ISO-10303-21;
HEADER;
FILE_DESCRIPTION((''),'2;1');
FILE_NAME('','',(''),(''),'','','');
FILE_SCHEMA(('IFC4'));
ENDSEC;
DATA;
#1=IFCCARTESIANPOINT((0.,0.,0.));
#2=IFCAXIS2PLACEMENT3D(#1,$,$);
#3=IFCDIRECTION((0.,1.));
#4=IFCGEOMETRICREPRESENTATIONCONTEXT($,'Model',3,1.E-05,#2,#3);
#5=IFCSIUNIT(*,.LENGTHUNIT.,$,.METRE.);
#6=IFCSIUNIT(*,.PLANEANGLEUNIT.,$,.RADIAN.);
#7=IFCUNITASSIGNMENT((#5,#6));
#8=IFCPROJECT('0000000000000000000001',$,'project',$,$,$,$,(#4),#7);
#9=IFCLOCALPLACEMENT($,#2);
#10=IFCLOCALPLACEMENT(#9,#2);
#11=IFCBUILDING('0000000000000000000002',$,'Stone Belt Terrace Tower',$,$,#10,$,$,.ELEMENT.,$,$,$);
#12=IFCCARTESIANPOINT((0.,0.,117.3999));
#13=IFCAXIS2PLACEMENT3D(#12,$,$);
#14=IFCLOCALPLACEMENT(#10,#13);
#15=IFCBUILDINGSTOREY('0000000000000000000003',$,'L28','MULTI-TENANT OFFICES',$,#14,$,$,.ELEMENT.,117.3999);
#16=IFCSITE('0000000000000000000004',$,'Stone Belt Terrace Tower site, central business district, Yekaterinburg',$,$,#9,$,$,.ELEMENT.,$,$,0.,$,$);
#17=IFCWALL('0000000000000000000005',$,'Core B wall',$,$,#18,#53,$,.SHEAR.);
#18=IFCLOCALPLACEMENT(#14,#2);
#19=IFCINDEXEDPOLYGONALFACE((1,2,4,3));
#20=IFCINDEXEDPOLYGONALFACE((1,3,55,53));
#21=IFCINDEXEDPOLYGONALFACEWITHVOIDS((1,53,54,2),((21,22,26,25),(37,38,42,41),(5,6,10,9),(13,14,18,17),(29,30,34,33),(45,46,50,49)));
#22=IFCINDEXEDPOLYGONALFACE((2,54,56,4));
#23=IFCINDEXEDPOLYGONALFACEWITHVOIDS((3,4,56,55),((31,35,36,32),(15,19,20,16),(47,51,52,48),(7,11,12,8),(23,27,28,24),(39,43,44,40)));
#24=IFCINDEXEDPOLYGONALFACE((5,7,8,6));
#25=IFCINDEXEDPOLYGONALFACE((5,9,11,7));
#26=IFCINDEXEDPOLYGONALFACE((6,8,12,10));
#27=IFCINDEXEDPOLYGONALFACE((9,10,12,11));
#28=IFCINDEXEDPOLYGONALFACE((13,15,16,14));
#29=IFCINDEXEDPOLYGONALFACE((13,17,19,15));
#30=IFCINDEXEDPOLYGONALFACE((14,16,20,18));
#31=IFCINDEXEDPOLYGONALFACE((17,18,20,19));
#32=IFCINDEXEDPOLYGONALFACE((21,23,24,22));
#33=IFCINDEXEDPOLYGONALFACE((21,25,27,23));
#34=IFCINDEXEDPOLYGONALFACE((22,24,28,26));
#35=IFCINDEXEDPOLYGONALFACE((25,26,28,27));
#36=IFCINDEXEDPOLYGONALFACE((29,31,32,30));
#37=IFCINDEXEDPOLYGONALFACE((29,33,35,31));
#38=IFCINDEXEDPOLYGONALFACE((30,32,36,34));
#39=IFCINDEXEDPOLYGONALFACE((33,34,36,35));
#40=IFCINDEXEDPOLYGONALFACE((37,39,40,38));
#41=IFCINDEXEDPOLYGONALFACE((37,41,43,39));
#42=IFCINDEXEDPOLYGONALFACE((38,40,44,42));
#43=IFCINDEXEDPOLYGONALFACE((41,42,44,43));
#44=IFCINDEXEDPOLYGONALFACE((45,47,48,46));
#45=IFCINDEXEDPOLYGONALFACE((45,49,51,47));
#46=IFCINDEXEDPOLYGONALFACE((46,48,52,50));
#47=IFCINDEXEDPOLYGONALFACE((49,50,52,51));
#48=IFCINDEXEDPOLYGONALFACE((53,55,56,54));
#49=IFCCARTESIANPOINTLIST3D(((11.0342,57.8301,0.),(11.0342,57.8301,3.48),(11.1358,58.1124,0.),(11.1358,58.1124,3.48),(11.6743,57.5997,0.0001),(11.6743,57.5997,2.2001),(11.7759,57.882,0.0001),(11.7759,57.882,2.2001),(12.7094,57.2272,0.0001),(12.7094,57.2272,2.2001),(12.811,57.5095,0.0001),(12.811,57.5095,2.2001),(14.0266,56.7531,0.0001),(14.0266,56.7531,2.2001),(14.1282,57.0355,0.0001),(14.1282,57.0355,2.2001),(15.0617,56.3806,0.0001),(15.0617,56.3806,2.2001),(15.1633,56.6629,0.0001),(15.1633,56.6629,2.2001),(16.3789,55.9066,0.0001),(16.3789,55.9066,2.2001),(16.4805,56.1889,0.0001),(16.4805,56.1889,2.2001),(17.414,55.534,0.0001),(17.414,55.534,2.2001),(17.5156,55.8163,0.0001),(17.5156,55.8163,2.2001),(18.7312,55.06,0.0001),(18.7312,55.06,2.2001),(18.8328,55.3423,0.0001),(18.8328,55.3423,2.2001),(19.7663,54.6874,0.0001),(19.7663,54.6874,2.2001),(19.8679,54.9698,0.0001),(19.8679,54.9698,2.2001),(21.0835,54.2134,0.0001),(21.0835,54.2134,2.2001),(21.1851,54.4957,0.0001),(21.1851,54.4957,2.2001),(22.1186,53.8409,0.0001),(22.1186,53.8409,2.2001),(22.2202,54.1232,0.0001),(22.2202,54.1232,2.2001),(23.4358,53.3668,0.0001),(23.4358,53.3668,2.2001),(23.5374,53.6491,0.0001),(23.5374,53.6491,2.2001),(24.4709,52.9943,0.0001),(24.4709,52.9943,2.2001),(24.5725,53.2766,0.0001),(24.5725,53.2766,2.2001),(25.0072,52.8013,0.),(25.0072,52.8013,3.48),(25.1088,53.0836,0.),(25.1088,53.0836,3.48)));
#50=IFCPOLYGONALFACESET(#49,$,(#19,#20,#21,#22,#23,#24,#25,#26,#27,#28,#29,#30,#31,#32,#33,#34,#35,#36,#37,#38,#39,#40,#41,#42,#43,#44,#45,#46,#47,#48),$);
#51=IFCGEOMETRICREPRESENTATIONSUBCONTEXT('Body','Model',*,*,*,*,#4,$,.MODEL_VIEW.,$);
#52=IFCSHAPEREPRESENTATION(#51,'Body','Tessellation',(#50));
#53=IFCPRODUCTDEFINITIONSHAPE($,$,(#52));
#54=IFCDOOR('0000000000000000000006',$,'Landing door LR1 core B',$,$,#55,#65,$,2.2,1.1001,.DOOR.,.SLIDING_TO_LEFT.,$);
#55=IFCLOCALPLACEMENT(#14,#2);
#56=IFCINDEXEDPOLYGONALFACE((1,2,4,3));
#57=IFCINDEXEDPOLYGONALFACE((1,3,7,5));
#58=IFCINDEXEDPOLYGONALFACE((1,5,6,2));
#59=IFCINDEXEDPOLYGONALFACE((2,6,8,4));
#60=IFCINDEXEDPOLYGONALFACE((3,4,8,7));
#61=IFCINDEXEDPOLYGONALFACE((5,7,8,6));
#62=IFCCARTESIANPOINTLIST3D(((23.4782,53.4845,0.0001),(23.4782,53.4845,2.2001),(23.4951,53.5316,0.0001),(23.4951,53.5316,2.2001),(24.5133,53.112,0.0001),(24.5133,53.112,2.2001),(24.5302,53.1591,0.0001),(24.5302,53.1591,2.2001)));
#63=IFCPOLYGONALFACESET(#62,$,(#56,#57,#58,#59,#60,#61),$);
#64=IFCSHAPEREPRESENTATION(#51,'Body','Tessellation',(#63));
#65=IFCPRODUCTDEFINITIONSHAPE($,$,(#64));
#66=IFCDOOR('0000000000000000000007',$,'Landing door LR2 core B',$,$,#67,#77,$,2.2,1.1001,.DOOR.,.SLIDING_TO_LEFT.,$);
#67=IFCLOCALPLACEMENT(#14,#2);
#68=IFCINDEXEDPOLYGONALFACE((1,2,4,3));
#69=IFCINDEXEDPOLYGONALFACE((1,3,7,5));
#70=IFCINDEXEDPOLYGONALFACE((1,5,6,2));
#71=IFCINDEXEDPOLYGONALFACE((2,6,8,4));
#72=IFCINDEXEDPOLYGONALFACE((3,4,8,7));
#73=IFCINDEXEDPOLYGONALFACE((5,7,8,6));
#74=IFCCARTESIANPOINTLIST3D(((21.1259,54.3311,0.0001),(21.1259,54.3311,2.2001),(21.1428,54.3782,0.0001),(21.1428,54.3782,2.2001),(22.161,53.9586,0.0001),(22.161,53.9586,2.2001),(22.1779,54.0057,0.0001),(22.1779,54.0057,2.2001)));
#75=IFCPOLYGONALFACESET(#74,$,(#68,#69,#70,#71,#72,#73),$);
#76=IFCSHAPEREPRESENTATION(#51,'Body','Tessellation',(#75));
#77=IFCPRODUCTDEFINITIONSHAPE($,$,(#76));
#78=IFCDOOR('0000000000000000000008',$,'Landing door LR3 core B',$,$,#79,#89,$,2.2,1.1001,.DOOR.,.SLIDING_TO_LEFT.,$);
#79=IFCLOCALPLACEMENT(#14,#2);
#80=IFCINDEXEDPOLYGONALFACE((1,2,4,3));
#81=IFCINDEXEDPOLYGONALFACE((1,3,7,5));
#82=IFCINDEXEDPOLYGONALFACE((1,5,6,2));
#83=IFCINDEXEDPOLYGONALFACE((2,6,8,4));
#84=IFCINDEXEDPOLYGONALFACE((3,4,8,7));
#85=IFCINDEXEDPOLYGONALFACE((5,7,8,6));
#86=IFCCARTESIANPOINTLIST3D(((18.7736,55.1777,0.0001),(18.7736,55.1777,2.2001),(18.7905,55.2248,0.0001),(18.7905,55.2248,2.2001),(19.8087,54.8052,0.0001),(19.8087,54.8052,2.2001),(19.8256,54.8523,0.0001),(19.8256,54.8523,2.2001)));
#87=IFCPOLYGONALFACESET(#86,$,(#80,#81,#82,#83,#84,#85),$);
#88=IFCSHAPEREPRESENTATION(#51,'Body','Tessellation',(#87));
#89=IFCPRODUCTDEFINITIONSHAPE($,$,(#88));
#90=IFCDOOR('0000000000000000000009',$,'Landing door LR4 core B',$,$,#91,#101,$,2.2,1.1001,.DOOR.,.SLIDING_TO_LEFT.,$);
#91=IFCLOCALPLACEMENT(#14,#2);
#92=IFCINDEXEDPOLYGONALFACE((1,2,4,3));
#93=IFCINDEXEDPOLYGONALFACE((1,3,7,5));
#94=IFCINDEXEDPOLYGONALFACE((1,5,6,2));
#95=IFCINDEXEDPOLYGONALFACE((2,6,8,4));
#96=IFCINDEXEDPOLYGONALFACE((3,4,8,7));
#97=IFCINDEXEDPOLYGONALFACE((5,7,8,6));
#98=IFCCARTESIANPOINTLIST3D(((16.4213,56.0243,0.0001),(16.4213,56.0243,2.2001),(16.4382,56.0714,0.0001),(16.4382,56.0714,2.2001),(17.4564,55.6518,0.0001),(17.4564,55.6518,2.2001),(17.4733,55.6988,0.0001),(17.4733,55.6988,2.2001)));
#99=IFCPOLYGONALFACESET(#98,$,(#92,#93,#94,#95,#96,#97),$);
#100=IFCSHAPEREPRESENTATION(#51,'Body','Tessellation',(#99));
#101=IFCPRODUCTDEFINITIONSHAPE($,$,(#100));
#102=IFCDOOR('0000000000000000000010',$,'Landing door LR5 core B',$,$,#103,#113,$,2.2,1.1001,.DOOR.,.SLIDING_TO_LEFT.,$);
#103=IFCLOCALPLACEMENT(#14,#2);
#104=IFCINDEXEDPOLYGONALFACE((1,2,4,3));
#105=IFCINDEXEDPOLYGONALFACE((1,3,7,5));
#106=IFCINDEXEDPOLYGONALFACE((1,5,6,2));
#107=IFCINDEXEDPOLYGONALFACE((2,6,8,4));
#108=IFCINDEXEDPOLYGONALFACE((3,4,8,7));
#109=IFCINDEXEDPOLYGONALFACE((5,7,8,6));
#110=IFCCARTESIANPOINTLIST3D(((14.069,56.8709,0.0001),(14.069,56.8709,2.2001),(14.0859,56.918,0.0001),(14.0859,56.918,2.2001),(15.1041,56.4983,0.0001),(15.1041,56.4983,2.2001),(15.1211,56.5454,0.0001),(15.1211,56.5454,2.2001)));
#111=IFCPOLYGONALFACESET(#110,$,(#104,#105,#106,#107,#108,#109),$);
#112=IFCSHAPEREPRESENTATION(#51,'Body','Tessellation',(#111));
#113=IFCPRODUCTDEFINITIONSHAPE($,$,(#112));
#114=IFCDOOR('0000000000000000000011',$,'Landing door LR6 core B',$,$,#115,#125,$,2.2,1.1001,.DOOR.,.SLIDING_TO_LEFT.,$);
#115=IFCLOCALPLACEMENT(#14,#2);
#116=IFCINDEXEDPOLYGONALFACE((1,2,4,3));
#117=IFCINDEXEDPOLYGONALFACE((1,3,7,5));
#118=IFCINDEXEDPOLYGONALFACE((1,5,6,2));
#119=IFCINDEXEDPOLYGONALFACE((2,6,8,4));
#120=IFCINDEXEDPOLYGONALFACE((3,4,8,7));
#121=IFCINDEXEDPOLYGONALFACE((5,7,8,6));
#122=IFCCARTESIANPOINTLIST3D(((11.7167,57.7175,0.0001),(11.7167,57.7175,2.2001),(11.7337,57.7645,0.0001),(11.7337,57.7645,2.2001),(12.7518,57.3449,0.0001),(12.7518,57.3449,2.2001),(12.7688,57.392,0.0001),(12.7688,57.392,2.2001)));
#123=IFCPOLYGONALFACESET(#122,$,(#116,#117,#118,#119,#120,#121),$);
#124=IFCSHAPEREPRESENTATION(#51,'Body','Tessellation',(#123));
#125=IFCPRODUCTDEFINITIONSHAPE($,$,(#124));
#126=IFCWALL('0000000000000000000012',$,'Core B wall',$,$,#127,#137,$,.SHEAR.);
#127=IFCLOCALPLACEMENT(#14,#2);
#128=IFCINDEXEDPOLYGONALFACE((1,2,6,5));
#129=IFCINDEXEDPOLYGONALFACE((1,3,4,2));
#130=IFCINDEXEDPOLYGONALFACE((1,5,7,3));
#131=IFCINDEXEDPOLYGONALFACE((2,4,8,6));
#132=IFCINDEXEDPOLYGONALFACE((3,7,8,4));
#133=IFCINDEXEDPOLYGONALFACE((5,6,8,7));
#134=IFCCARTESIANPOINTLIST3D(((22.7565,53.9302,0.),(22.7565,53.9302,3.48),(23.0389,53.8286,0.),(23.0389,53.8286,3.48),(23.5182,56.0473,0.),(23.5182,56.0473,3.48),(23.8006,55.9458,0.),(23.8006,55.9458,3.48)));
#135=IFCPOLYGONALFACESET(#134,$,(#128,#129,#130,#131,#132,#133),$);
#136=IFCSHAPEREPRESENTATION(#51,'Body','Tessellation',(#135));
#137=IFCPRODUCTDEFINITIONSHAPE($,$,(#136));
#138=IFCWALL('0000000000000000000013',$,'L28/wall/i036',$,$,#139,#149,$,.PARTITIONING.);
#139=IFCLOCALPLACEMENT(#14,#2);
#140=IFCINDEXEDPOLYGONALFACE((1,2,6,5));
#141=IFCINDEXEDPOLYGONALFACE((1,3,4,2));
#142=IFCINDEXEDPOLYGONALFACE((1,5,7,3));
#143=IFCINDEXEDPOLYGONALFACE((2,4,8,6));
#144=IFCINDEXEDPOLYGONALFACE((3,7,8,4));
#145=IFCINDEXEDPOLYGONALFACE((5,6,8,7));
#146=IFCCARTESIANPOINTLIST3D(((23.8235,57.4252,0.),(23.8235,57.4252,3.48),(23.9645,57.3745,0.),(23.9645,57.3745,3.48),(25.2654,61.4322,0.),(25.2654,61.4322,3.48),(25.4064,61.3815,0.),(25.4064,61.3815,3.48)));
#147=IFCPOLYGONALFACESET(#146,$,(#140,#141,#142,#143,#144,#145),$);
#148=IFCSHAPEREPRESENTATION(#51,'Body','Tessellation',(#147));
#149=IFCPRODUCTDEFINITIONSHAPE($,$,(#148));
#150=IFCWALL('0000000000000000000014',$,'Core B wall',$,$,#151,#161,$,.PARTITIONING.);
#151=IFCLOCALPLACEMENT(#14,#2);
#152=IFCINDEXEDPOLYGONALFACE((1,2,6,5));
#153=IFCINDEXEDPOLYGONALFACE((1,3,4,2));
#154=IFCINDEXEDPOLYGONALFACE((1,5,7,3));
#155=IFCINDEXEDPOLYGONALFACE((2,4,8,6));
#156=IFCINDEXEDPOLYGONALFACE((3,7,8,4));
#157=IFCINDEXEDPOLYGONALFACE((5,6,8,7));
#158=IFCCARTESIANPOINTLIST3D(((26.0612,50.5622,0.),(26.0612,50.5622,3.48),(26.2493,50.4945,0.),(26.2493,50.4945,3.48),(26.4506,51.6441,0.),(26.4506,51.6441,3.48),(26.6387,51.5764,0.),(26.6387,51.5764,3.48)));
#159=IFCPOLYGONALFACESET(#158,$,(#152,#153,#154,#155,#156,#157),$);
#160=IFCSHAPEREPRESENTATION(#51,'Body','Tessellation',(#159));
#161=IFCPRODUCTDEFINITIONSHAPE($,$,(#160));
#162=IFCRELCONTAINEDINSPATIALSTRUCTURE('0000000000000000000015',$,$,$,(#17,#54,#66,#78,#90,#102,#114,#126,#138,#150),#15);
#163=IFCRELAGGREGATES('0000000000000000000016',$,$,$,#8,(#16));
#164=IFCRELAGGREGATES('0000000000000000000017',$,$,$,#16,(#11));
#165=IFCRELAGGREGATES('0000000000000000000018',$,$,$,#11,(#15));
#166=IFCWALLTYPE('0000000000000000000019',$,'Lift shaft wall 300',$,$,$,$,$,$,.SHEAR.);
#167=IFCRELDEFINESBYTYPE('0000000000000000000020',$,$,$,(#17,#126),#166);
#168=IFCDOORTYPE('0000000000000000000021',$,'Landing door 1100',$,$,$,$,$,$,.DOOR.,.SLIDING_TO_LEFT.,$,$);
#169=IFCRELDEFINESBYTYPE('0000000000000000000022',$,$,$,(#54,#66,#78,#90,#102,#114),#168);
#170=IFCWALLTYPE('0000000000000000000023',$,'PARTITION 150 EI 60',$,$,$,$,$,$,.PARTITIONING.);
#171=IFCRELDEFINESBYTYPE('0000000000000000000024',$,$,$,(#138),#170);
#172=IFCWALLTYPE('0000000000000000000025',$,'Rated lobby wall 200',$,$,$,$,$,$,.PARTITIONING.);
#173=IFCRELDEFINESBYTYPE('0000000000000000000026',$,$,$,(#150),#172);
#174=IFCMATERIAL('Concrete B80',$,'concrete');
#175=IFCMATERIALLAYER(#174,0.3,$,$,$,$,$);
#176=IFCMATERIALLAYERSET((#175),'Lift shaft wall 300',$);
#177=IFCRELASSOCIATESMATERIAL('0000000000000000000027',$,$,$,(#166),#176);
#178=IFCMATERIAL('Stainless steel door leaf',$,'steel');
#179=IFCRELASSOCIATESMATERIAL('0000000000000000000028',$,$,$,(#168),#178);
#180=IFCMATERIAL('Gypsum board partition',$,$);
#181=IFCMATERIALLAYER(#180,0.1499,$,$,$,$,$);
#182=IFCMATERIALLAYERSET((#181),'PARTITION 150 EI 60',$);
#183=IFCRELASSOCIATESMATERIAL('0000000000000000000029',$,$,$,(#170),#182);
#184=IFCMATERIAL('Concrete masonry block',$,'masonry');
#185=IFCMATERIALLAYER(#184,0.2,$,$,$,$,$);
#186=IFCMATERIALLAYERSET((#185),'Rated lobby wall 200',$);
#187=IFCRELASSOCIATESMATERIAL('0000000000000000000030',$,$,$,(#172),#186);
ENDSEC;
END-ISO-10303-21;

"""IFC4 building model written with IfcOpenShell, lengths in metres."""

from ifc_helpers import new_model, si_unit, direction, frame, frame_2d, origin, place, context, subcontext, project, spatial, rectangle, extrude, material, layer, layer_set, type_object, element, fill, save


model = new_model("IFC4")

# Units and contexts
model_context = context("Model", 3, precision=1e-05, world=origin(), true_north=direction((0.0, 1.0)))
body_context = subcontext(model_context, "Body", "Model", "MODEL_VIEW")
ifc_project = project(units=[si_unit("LENGTHUNIT", "METRE"), si_unit("PLANEANGLEUNIT", "RADIAN")], contexts=[model_context])

# Site, building, storey
site_placement = place(None, origin())
site = spatial("IfcSite", under=ifc_project, at=site_placement, Name="Stone Belt Terrace Tower site, central business district, Yekaterinburg", CompositionType="ELEMENT", RefElevation=0.0)
building_placement = place(site_placement, origin())
building = spatial("IfcBuilding", under=site, at=building_placement, Name="Stone Belt Terrace Tower", CompositionType="ELEMENT")
storey_placement = place(building_placement, frame((0.0, 0.0, 117.3999)))
storey = spatial("IfcBuildingStorey", under=building, at=storey_placement, Name="L28", Description="MULTI-TENANT OFFICES", CompositionType="ELEMENT", Elevation=117.3999)

# Shared definitions
ifc_material_1 = material(Name="Concrete B80", Category="concrete")

# Shared definitions
ifc_layer_1 = layer(ifc_material_1, 0.3)
ifc_layer_set_1 = layer_set([ifc_layer_1], Name="Lift shaft wall 300")
wall_type_1 = type_object("IfcWallType", Name="Lift shaft wall 300", PredefinedType="SHEAR", material=ifc_layer_set_1)
ifc_material_2 = material(Name="Stainless steel door leaf", Category="steel")

# Wall, openings, doors
wall_1_placement = place(storey_placement, frame((25.0581, 52.9424, 0.0), z_axis=(0.0, 0.0, 1.0), x_axis=(-0.940918, 0.338634, 0.0)))
wall_1 = element("IfcWall", 1, at=wall_1_placement, inside=storey, type_object=wall_type_1, Name="Core B wall", PredefinedType="SHEAR", context=body_context, shape_type="SweptSolid", body=[
    extrude(rectangle(XDim=14.8503, YDim=0.3, at=frame_2d((7.4253, 0.0))), origin(), (0.0, 0.0, 1.0), 3.48),
])
opening_1_placement = place(wall_1_placement, frame((0.5701, 0.0, 0.0)))
opening_1 = element("IfcOpeningElement", 2, at=opening_1_placement, cuts=wall_1, PredefinedType="OPENING", context=body_context, shape_type="SweptSolid", body=[
    extrude(rectangle(XDim=1.1001, YDim=2.2, at=frame_2d((0.55, 1.1001))), frame((0.0, 0.1599, 0.0), z_axis=(0.0, -1.0, 0.0), x_axis=(1.0, 0.0, 0.0)), (0.0, 0.0, 1.0), 0.3201),
])
opening_2_placement = place(wall_1_placement, frame((3.0701, 0.0, 0.0)))
opening_2 = element("IfcOpeningElement", 3, at=opening_2_placement, cuts=wall_1, PredefinedType="OPENING", context=body_context, shape_type="SweptSolid", body=[
    extrude(rectangle(XDim=1.1001, YDim=2.2, at=frame_2d((0.55, 1.1001))), frame((0.0, 0.1599, 0.0), z_axis=(0.0, -1.0, 0.0), x_axis=(1.0, 0.0, 0.0)), (0.0, 0.0, 1.0), 0.3201),
])
opening_3_placement = place(wall_1_placement, frame((5.5701, 0.0, 0.0)))
opening_3 = element("IfcOpeningElement", 4, at=opening_3_placement, cuts=wall_1, PredefinedType="OPENING", context=body_context, shape_type="SweptSolid", body=[
    extrude(rectangle(XDim=1.1001, YDim=2.2, at=frame_2d((0.55, 1.1001))), frame((0.0, 0.1599, 0.0), z_axis=(0.0, -1.0, 0.0), x_axis=(1.0, 0.0, 0.0)), (0.0, 0.0, 1.0), 0.3201),
])
opening_4_placement = place(wall_1_placement, frame((8.0701, 0.0, 0.0)))
opening_4 = element("IfcOpeningElement", 5, at=opening_4_placement, cuts=wall_1, PredefinedType="OPENING", context=body_context, shape_type="SweptSolid", body=[
    extrude(rectangle(XDim=1.1001, YDim=2.2, at=frame_2d((0.55, 1.1001))), frame((0.0, 0.1599, 0.0), z_axis=(0.0, -1.0, 0.0), x_axis=(1.0, 0.0, 0.0)), (0.0, 0.0, 1.0), 0.3201),
])
opening_5_placement = place(wall_1_placement, frame((10.5701, 0.0, 0.0)))
opening_5 = element("IfcOpeningElement", 6, at=opening_5_placement, cuts=wall_1, PredefinedType="OPENING", context=body_context, shape_type="SweptSolid", body=[
    extrude(rectangle(XDim=1.1001, YDim=2.2, at=frame_2d((0.55, 1.1001))), frame((0.0, 0.1599, 0.0), z_axis=(0.0, -1.0, 0.0), x_axis=(1.0, 0.0, 0.0)), (0.0, 0.0, 1.0), 0.3201),
])
opening_6_placement = place(wall_1_placement, frame((13.0701, 0.0, 0.0)))
opening_6 = element("IfcOpeningElement", 7, at=opening_6_placement, cuts=wall_1, PredefinedType="OPENING", context=body_context, shape_type="SweptSolid", body=[
    extrude(rectangle(XDim=1.1001, YDim=2.2, at=frame_2d((0.55, 1.1001))), frame((0.0, 0.1599, 0.0), z_axis=(0.0, -1.0, 0.0), x_axis=(1.0, 0.0, 0.0)), (0.0, 0.0, 1.0), 0.3201),
])
door_type_1 = type_object("IfcDoorType", Name="Landing door 1100", OperationType="SLIDING_TO_LEFT", PredefinedType="DOOR", material=ifc_material_2)
door_1_placement = place(opening_1_placement, origin())
door_1 = element("IfcDoor", 8, at=door_1_placement, inside=storey, type_object=door_type_1, Name="Landing door LR1 core B", OperationType="SLIDING_TO_LEFT", OverallHeight=2.2, OverallWidth=1.1001, PredefinedType="DOOR", context=body_context, shape_type="SweptSolid", body=[
    extrude(rectangle(XDim=1.1001, YDim=2.2, at=frame_2d((0.55, 1.1001))), frame((0.0, 0.0249, 0.0), z_axis=(0.0, -1.0, 0.0), x_axis=(1.0, 0.0, 0.0)), (0.0, 0.0, 1.0), 0.05),
])
fill(opening_1, door_1)
door_2_placement = place(opening_2_placement, origin())
door_2 = element("IfcDoor", 9, at=door_2_placement, inside=storey, type_object=door_type_1, Name="Landing door LR2 core B", OperationType="SLIDING_TO_LEFT", OverallHeight=2.2, OverallWidth=1.1001, PredefinedType="DOOR", context=body_context, shape_type="SweptSolid", body=[
    extrude(rectangle(XDim=1.1001, YDim=2.2, at=frame_2d((0.55, 1.1001))), frame((0.0, 0.0249, 0.0), z_axis=(0.0, -1.0, 0.0), x_axis=(1.0, 0.0, 0.0)), (0.0, 0.0, 1.0), 0.05),
])
fill(opening_2, door_2)
door_3_placement = place(opening_3_placement, origin())
door_3 = element("IfcDoor", 10, at=door_3_placement, inside=storey, type_object=door_type_1, Name="Landing door LR3 core B", OperationType="SLIDING_TO_LEFT", OverallHeight=2.2, OverallWidth=1.1001, PredefinedType="DOOR", context=body_context, shape_type="SweptSolid", body=[
    extrude(rectangle(XDim=1.1001, YDim=2.2, at=frame_2d((0.55, 1.1001))), frame((0.0, 0.0249, 0.0), z_axis=(0.0, -1.0, 0.0), x_axis=(1.0, 0.0, 0.0)), (0.0, 0.0, 1.0), 0.05),
])
fill(opening_3, door_3)
door_4_placement = place(opening_4_placement, origin())
door_4 = element("IfcDoor", 11, at=door_4_placement, inside=storey, type_object=door_type_1, Name="Landing door LR4 core B", OperationType="SLIDING_TO_LEFT", OverallHeight=2.2, OverallWidth=1.1001, PredefinedType="DOOR", context=body_context, shape_type="SweptSolid", body=[
    extrude(rectangle(XDim=1.1001, YDim=2.2, at=frame_2d((0.55, 1.1001))), frame((0.0, 0.0249, 0.0), z_axis=(0.0, -1.0, 0.0), x_axis=(1.0, 0.0, 0.0)), (0.0, 0.0, 1.0), 0.05),
])
fill(opening_4, door_4)
door_5_placement = place(opening_5_placement, origin())
door_5 = element("IfcDoor", 12, at=door_5_placement, inside=storey, type_object=door_type_1, Name="Landing door LR5 core B", OperationType="SLIDING_TO_LEFT", OverallHeight=2.2, OverallWidth=1.1001, PredefinedType="DOOR", context=body_context, shape_type="SweptSolid", body=[
    extrude(rectangle(XDim=1.1001, YDim=2.2, at=frame_2d((0.55, 1.1001))), frame((0.0, 0.0249, 0.0), z_axis=(0.0, -1.0, 0.0), x_axis=(1.0, 0.0, 0.0)), (0.0, 0.0, 1.0), 0.05),
])
fill(opening_5, door_5)
door_6_placement = place(opening_6_placement, origin())
door_6 = element("IfcDoor", 13, at=door_6_placement, inside=storey, type_object=door_type_1, Name="Landing door LR6 core B", OperationType="SLIDING_TO_LEFT", OverallHeight=2.2, OverallWidth=1.1001, PredefinedType="DOOR", context=body_context, shape_type="SweptSolid", body=[
    extrude(rectangle(XDim=1.1001, YDim=2.2, at=frame_2d((0.55, 1.1001))), frame((0.0, 0.0249, 0.0), z_axis=(0.0, -1.0, 0.0), x_axis=(1.0, 0.0, 0.0)), (0.0, 0.0, 1.0), 0.05),
])
fill(opening_6, door_6)

# Walls
wall_2_placement = place(storey_placement, frame((22.8977, 53.8794, 0.0), z_axis=(0.0, 0.0, 1.0), x_axis=(0.338535, 0.940954, 0.0)))
element("IfcWall", 14, at=wall_2_placement, inside=storey, type_object=wall_type_1, Name="Core B wall", PredefinedType="SHEAR", context=body_context, shape_type="SweptSolid", body=[
    extrude(rectangle(XDim=2.25, YDim=0.3, at=frame_2d((1.125, 0.0))), origin(), (0.0, 0.0, 1.0), 3.48),
])
ifc_material_3 = material(Name="Gypsum board partition")
ifc_layer_2 = layer(ifc_material_3, 0.1499)
ifc_layer_set_2 = layer_set([ifc_layer_2], Name="PARTITION 150 EI 60")
wall_type_2 = type_object("IfcWallType", Name="PARTITION 150 EI 60", PredefinedType="PARTITIONING", material=ifc_layer_set_2)
wall_3_placement = place(storey_placement, frame((25.3359, 61.407, 0.0), z_axis=(0.0, 0.0, 1.0), x_axis=(-0.338583, -0.940936, 0.0)))
element("IfcWall", 15, at=wall_3_placement, inside=storey, type_object=wall_type_2, Name="L28/wall/i036", PredefinedType="PARTITIONING", context=body_context, shape_type="SweptSolid", body=[
    extrude(rectangle(XDim=4.2585, YDim=0.1499, at=frame_2d((2.1294, 0.0))), origin(), (0.0, 0.0, 1.0), 3.48),
])
ifc_material_4 = material(Name="Concrete masonry block", Category="masonry")
ifc_layer_3 = layer(ifc_material_4, 0.2)
ifc_layer_set_3 = layer_set([ifc_layer_3], Name="Rated lobby wall 200")
wall_type_3 = type_object("IfcWallType", Name="Rated lobby wall 200", PredefinedType="PARTITIONING", material=ifc_layer_set_3)
wall_4_placement = place(storey_placement, frame((26.1553, 50.5283, 0.0), z_axis=(0.0, 0.0, 1.0), x_axis=(0.338622, 0.940923, 0.0)))
element("IfcWall", 16, at=wall_4_placement, inside=storey, type_object=wall_type_3, Name="Core B wall", PredefinedType="PARTITIONING", context=body_context, shape_type="SweptSolid", body=[
    extrude(rectangle(XDim=1.1499, YDim=0.2, at=frame_2d((0.575, 0.0))), origin(), (0.0, 0.0, 1.0), 3.48),
])

save(model, "model.ifc")
